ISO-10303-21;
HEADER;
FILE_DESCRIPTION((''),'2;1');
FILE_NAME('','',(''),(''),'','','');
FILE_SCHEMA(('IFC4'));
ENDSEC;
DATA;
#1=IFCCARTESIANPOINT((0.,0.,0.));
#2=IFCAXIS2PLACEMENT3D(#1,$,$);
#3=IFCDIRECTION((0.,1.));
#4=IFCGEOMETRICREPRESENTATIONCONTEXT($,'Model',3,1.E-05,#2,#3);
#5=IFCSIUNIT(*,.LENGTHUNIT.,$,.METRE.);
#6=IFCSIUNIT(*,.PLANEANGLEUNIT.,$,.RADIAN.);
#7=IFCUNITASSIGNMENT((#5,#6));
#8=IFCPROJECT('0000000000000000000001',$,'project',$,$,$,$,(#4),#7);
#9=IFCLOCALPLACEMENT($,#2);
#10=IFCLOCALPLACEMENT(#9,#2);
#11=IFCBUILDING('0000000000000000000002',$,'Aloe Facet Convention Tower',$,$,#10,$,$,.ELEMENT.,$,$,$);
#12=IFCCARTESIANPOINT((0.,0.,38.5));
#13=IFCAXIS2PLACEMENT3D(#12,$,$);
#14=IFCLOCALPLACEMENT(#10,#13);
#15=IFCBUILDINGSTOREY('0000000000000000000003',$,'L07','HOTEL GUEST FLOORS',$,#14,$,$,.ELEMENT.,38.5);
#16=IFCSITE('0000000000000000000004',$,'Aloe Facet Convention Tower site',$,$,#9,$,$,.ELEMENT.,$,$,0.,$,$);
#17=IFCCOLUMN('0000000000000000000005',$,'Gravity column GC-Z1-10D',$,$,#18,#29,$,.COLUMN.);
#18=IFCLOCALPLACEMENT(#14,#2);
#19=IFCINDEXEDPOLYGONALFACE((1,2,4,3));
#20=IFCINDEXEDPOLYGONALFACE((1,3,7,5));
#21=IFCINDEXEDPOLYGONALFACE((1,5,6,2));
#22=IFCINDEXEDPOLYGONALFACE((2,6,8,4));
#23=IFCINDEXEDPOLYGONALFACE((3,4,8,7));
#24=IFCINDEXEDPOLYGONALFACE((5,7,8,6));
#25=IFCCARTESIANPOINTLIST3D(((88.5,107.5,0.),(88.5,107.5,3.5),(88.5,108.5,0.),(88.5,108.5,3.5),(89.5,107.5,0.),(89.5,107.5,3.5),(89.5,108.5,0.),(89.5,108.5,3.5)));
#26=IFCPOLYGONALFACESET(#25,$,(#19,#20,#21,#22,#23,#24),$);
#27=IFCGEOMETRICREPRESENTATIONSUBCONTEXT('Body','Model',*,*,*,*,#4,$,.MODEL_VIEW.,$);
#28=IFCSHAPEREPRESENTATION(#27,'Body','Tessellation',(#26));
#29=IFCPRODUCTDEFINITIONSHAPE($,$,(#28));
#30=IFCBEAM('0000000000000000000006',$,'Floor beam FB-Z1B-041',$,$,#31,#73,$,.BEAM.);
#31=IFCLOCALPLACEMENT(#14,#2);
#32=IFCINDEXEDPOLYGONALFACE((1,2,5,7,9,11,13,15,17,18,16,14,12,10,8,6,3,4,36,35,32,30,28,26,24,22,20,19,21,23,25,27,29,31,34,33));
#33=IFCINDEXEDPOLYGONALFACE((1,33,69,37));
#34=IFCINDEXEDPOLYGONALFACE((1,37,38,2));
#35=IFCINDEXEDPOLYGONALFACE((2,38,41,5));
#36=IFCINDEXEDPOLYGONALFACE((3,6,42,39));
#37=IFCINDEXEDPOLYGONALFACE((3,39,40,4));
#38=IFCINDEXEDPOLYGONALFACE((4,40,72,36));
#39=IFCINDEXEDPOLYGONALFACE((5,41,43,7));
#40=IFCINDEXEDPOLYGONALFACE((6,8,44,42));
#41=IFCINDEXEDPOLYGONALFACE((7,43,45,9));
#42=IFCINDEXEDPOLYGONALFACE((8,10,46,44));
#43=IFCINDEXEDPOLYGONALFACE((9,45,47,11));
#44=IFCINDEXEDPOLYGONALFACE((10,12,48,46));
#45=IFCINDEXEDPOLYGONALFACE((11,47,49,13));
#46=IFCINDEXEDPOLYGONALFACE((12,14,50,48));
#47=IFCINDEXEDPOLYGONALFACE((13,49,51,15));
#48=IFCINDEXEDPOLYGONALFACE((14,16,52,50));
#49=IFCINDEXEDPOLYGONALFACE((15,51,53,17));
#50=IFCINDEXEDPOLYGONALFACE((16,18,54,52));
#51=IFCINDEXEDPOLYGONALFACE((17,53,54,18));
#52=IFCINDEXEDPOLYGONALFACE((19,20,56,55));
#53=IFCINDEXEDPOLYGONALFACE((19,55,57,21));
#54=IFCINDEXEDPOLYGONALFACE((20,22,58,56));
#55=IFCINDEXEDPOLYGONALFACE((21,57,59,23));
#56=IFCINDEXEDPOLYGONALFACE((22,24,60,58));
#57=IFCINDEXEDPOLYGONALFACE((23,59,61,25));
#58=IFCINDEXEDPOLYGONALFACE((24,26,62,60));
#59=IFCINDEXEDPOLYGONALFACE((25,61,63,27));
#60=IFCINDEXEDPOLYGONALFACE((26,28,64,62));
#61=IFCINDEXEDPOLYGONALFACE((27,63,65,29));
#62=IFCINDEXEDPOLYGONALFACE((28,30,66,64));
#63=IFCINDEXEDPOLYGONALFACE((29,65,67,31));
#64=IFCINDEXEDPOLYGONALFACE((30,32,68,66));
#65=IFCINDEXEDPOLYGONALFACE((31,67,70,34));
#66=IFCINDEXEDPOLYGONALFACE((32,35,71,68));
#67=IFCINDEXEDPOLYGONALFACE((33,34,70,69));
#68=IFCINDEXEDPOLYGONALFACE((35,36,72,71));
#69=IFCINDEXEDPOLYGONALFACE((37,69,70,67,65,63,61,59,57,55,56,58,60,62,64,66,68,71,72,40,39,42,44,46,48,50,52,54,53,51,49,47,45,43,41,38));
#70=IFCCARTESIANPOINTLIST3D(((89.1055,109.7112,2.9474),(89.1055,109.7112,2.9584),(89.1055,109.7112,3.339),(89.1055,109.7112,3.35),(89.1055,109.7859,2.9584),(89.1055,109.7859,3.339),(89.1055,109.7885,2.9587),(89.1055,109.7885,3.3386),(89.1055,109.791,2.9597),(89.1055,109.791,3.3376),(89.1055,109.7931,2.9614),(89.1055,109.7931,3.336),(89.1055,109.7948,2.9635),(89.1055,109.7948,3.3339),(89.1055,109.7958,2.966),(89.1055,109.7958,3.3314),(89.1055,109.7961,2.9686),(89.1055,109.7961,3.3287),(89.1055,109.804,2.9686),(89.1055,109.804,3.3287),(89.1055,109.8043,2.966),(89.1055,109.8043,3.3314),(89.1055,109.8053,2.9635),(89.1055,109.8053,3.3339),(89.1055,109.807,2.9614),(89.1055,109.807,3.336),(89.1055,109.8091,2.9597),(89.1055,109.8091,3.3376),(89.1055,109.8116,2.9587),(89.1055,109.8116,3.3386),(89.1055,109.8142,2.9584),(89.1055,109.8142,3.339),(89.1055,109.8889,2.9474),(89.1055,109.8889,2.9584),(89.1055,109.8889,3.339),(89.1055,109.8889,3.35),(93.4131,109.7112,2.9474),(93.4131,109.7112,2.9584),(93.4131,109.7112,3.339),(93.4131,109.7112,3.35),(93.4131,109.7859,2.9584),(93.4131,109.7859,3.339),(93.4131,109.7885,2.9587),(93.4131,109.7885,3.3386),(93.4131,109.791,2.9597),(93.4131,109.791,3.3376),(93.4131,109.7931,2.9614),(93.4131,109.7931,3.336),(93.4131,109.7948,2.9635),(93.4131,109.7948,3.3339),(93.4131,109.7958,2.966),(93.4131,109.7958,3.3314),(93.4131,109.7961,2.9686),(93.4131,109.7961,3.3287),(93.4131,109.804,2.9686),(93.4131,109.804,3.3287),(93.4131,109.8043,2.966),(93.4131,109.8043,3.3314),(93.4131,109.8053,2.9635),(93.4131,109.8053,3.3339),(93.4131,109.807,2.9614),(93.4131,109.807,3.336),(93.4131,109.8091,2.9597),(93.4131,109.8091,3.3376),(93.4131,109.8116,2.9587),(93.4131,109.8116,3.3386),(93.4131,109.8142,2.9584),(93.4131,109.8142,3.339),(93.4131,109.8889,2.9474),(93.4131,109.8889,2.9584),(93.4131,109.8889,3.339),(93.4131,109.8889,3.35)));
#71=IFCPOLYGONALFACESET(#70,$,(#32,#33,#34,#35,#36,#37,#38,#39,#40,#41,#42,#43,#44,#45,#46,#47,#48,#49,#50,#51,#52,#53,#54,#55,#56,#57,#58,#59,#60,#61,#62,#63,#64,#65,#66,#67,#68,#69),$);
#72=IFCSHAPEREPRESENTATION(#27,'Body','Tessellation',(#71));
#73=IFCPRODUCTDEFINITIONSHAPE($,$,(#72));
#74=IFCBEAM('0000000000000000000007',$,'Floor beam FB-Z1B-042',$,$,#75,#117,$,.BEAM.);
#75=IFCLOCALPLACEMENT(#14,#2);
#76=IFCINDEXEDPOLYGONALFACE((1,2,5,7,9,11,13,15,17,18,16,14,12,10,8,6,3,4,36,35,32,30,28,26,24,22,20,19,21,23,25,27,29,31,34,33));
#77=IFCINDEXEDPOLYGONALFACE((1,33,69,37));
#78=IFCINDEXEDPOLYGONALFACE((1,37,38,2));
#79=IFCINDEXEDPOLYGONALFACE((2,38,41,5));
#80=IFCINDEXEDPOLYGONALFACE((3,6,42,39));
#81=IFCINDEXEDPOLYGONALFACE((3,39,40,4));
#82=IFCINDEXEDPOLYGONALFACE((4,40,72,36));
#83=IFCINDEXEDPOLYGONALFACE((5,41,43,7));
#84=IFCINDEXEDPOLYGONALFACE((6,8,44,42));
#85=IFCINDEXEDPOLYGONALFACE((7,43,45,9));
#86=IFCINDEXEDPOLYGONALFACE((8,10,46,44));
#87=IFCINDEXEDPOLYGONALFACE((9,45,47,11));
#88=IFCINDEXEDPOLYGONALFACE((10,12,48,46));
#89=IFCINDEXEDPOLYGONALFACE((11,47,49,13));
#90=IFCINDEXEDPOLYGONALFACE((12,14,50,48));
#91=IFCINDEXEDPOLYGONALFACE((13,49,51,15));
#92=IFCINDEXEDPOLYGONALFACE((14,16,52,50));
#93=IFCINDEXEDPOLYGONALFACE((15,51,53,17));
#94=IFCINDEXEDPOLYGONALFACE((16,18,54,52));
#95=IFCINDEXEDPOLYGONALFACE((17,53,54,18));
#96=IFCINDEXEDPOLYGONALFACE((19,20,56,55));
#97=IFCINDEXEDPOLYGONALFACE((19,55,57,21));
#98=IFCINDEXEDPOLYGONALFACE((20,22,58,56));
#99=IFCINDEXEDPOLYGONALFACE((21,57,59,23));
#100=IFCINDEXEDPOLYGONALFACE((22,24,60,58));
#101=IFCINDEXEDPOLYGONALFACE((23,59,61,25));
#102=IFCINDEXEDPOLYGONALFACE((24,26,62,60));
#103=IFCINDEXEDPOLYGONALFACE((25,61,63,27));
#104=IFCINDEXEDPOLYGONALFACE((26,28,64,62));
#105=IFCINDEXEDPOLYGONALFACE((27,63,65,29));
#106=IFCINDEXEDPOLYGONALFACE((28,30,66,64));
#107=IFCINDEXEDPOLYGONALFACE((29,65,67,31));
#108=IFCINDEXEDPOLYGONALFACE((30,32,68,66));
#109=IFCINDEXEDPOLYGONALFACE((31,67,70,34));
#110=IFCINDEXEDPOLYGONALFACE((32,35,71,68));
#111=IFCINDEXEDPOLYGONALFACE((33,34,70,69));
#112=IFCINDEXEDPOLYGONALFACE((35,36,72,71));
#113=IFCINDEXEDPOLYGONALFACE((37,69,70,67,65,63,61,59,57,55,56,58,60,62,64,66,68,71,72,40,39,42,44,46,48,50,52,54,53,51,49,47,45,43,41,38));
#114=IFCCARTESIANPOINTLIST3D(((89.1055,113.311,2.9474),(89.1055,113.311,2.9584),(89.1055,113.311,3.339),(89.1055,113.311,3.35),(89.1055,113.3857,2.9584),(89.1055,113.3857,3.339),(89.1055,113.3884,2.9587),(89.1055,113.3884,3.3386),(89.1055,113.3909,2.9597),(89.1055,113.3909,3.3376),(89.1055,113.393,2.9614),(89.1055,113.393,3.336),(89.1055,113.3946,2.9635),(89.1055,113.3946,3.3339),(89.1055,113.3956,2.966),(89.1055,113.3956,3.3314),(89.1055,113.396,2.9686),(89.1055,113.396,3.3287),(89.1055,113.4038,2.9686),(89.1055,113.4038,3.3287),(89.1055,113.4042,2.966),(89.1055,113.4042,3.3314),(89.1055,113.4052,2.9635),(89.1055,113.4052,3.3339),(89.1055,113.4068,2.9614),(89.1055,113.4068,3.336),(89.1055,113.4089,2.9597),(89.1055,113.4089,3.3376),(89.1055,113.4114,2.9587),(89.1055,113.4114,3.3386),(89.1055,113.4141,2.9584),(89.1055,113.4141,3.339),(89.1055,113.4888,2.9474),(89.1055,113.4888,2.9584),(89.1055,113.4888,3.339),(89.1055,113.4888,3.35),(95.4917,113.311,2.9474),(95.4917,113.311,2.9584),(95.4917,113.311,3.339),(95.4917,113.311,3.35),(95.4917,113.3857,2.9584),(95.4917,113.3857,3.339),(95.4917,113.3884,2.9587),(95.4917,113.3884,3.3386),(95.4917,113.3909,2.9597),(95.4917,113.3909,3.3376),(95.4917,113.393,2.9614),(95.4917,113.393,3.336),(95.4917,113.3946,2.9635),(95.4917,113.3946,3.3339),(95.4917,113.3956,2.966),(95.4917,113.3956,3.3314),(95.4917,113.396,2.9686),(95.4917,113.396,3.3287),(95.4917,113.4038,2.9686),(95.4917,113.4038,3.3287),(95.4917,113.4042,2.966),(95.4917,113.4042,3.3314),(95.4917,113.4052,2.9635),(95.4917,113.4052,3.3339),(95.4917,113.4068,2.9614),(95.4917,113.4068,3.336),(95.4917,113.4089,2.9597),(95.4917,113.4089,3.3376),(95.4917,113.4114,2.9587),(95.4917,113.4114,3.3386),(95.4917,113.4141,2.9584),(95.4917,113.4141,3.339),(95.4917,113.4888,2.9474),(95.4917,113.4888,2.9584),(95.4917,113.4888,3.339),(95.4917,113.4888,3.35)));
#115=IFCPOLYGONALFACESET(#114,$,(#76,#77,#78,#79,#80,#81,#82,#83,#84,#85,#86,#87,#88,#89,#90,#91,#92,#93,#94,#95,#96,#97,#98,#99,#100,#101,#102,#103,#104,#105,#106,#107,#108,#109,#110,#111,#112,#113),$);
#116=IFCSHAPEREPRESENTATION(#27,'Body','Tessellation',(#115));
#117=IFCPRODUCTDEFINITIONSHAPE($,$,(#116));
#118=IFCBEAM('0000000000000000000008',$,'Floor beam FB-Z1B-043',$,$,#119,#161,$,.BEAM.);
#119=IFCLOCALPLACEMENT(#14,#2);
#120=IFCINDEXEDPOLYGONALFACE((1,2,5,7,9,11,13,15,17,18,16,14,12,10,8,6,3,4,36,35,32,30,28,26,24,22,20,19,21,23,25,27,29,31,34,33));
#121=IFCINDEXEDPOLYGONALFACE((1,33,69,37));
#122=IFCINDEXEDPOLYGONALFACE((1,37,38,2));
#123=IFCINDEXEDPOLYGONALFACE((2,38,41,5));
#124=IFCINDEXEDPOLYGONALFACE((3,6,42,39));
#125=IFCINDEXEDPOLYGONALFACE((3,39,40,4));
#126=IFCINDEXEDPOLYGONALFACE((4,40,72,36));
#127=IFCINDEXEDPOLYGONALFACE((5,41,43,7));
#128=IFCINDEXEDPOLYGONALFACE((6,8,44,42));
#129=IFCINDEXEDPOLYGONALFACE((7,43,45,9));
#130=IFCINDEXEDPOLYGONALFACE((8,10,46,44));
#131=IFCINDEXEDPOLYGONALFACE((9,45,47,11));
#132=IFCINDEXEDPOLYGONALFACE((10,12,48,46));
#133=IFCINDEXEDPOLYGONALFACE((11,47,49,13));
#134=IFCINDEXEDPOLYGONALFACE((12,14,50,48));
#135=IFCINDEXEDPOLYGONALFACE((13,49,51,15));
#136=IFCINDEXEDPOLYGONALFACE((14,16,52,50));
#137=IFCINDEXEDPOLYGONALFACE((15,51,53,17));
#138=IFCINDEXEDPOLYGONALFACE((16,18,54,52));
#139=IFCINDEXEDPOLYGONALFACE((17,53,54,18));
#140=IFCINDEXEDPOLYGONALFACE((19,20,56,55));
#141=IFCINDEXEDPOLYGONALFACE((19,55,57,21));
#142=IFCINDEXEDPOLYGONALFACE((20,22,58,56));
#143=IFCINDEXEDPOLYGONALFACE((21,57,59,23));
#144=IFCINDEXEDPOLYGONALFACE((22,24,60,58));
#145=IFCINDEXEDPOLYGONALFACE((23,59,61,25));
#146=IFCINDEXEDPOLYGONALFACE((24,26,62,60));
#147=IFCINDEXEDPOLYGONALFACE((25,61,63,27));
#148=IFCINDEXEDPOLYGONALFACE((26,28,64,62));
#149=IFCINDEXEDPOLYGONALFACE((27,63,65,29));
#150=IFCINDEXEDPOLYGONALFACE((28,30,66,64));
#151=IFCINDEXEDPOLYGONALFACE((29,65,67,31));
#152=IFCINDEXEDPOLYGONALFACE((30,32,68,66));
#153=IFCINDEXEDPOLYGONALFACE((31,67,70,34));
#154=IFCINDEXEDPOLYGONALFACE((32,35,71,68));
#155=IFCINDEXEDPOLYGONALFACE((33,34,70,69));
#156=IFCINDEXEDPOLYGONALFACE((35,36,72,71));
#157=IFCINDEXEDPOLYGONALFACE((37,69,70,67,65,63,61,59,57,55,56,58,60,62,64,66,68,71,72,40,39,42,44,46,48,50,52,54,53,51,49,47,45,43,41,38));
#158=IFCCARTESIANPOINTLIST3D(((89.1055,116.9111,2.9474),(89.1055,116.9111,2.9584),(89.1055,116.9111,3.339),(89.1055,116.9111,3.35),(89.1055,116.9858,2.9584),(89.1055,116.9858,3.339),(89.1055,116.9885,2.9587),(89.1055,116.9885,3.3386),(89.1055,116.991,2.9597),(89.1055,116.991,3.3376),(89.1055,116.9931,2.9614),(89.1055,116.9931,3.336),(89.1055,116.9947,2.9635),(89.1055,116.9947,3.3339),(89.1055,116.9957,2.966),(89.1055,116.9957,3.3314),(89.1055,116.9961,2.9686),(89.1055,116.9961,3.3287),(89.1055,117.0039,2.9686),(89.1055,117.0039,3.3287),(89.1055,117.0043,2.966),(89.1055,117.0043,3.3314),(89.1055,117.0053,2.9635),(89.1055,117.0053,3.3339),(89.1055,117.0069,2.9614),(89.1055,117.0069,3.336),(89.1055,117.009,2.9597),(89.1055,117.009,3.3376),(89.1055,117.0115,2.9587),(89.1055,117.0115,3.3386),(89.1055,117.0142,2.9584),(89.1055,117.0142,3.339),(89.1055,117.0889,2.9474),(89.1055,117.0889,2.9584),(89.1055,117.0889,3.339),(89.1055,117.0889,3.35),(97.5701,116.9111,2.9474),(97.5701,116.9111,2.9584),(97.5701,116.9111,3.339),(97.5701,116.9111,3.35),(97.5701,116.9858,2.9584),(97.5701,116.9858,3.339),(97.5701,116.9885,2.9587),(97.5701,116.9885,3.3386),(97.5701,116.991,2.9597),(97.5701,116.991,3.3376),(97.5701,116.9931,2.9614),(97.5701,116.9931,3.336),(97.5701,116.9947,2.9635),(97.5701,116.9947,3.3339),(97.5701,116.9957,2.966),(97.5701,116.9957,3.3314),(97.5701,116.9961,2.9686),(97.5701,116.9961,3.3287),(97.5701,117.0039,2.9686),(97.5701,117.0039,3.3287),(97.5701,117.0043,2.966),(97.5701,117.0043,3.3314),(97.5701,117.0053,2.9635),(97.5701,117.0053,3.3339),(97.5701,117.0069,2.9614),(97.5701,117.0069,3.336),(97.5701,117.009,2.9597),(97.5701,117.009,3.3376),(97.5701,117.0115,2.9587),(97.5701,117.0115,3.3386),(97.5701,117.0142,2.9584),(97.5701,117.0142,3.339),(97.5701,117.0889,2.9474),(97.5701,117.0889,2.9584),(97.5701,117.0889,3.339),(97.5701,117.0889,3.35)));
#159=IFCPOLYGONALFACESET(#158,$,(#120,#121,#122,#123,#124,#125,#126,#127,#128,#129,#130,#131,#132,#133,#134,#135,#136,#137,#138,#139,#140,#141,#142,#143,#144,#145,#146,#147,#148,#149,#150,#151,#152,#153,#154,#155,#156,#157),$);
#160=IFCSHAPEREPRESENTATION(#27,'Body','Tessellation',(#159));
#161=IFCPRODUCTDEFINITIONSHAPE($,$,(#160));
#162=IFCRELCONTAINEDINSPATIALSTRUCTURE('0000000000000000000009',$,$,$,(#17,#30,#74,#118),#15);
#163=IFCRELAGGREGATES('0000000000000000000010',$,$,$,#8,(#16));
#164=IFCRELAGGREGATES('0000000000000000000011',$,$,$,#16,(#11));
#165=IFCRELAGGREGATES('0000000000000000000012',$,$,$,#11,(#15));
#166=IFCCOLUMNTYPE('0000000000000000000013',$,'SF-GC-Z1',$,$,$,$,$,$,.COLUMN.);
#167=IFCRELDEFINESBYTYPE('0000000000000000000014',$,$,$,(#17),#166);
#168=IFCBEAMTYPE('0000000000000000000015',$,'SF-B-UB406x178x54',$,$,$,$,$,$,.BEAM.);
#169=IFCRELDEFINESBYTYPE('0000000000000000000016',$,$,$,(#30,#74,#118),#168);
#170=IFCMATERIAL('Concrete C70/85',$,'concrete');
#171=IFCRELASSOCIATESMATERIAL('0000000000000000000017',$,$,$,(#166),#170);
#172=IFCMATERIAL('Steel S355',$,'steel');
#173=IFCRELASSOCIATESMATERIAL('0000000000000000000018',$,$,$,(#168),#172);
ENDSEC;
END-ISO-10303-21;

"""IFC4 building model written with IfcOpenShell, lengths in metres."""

from ifc_helpers import new_model, si_unit, direction, frame, origin, origin_2d, place, context, subcontext, project, spatial, rectangle, i_section, extrude, material, material_profile, profile_set, type_object, element, save


model = new_model("IFC4")

# Units and contexts
model_context = context("Model", 3, precision=1e-05, world=origin(), true_north=direction((0.0, 1.0)))
body_context = subcontext(model_context, "Body", "Model", "MODEL_VIEW")
ifc_project = project(units=[si_unit("LENGTHUNIT", "METRE"), si_unit("PLANEANGLEUNIT", "RADIAN")], contexts=[model_context])

# Site, building, storey
site_placement = place(None, origin())
site = spatial("IfcSite", under=ifc_project, at=site_placement, Name="Aloe Facet Convention Tower site", CompositionType="ELEMENT", RefElevation=0.0)
building_placement = place(site_placement, origin())
building = spatial("IfcBuilding", under=site, at=building_placement, Name="Aloe Facet Convention Tower", CompositionType="ELEMENT")
storey_placement = place(building_placement, frame((0.0, 0.0, 38.5)))
storey = spatial("IfcBuildingStorey", under=building, at=storey_placement, Name="L07", Description="HOTEL GUEST FLOORS", CompositionType="ELEMENT", Elevation=38.5)

# Column
ifc_material_1 = material(Name="Concrete C70/85", Category="concrete")
ifc_material_profile_1 = material_profile(ifc_material_1, rectangle(XDim=1.0, YDim=1.0, at=origin_2d()), Name="SF-GC-Z1")
ifc_profile_set_1 = profile_set([ifc_material_profile_1], Name="Concrete C70/85")
column_type = type_object("IfcColumnType", Name="SF-GC-Z1", PredefinedType="COLUMN", material=ifc_profile_set_1)
column_placement = place(storey_placement, frame((89.0, 108.0, 0.0), z_axis=(0.0, 0.0, 1.0), x_axis=(1.0, 0.0, 0.0)))
element("IfcColumn", 1, at=column_placement, inside=storey, type_object=column_type, Name="Gravity column GC-Z1-10D", PredefinedType="COLUMN", context=body_context, shape_type="SweptSolid", body=[
    extrude(rectangle(XDim=1.0, YDim=1.0, at=origin_2d()), origin(), (0.0, 0.0, 1.0), 3.5),
])

# Beams
ifc_material_2 = material(Name="Steel S355", Category="steel")
ifc_material_profile_2 = material_profile(ifc_material_2, i_section(OverallWidth=0.1777, OverallDepth=0.4026, WebThickness=0.0078, FlangeThickness=0.011, FilletRadius=0.0103, at=origin_2d()), Name="UB 406x178x54")
ifc_profile_set_2 = profile_set([ifc_material_profile_2], Name="Steel S355")
beam_type_1 = type_object("IfcBeamType", Name="SF-B-UB406x178x54", PredefinedType="BEAM", material=ifc_profile_set_2)
beam_1_placement = place(storey_placement, frame((89.1055, 109.8, 3.1487), z_axis=(1.0, 0.0, 0.0), x_axis=(0.0, 1.0, 0.0)))
element("IfcBeam", 2, at=beam_1_placement, inside=storey, type_object=beam_type_1, Name="Floor beam FB-Z1B-041", PredefinedType="BEAM", context=body_context, shape_type="SweptSolid", body=[
    extrude(i_section(OverallWidth=0.1777, OverallDepth=0.4026, WebThickness=0.0078, FlangeThickness=0.011, FilletRadius=0.0103, at=origin_2d()), origin(), (0.0, 0.0, 1.0), 4.3076),
])
beam_2_placement = place(storey_placement, frame((89.1055, 113.3999, 3.1487), z_axis=(1.0, 0.0, 0.0), x_axis=(0.0, 1.0, 0.0)))
element("IfcBeam", 3, at=beam_2_placement, inside=storey, type_object=beam_type_1, Name="Floor beam FB-Z1B-042", PredefinedType="BEAM", context=body_context, shape_type="SweptSolid", body=[
    extrude(i_section(OverallWidth=0.1777, OverallDepth=0.4026, WebThickness=0.0078, FlangeThickness=0.011, FilletRadius=0.0103, at=origin_2d()), origin(), (0.0, 0.0, 1.0), 6.3862),
])
beam_3_placement = place(storey_placement, frame((89.1055, 117.0, 3.1487), z_axis=(1.0, 0.0, 0.0), x_axis=(0.0, 1.0, 0.0)))
element("IfcBeam", 4, at=beam_3_placement, inside=storey, type_object=beam_type_1, Name="Floor beam FB-Z1B-043", PredefinedType="BEAM", context=body_context, shape_type="SweptSolid", body=[
    extrude(i_section(OverallWidth=0.1777, OverallDepth=0.4026, WebThickness=0.0078, FlangeThickness=0.011, FilletRadius=0.0103, at=origin_2d()), origin(), (0.0, 0.0, 1.0), 8.4646),
])

save(model, "model.ifc")
